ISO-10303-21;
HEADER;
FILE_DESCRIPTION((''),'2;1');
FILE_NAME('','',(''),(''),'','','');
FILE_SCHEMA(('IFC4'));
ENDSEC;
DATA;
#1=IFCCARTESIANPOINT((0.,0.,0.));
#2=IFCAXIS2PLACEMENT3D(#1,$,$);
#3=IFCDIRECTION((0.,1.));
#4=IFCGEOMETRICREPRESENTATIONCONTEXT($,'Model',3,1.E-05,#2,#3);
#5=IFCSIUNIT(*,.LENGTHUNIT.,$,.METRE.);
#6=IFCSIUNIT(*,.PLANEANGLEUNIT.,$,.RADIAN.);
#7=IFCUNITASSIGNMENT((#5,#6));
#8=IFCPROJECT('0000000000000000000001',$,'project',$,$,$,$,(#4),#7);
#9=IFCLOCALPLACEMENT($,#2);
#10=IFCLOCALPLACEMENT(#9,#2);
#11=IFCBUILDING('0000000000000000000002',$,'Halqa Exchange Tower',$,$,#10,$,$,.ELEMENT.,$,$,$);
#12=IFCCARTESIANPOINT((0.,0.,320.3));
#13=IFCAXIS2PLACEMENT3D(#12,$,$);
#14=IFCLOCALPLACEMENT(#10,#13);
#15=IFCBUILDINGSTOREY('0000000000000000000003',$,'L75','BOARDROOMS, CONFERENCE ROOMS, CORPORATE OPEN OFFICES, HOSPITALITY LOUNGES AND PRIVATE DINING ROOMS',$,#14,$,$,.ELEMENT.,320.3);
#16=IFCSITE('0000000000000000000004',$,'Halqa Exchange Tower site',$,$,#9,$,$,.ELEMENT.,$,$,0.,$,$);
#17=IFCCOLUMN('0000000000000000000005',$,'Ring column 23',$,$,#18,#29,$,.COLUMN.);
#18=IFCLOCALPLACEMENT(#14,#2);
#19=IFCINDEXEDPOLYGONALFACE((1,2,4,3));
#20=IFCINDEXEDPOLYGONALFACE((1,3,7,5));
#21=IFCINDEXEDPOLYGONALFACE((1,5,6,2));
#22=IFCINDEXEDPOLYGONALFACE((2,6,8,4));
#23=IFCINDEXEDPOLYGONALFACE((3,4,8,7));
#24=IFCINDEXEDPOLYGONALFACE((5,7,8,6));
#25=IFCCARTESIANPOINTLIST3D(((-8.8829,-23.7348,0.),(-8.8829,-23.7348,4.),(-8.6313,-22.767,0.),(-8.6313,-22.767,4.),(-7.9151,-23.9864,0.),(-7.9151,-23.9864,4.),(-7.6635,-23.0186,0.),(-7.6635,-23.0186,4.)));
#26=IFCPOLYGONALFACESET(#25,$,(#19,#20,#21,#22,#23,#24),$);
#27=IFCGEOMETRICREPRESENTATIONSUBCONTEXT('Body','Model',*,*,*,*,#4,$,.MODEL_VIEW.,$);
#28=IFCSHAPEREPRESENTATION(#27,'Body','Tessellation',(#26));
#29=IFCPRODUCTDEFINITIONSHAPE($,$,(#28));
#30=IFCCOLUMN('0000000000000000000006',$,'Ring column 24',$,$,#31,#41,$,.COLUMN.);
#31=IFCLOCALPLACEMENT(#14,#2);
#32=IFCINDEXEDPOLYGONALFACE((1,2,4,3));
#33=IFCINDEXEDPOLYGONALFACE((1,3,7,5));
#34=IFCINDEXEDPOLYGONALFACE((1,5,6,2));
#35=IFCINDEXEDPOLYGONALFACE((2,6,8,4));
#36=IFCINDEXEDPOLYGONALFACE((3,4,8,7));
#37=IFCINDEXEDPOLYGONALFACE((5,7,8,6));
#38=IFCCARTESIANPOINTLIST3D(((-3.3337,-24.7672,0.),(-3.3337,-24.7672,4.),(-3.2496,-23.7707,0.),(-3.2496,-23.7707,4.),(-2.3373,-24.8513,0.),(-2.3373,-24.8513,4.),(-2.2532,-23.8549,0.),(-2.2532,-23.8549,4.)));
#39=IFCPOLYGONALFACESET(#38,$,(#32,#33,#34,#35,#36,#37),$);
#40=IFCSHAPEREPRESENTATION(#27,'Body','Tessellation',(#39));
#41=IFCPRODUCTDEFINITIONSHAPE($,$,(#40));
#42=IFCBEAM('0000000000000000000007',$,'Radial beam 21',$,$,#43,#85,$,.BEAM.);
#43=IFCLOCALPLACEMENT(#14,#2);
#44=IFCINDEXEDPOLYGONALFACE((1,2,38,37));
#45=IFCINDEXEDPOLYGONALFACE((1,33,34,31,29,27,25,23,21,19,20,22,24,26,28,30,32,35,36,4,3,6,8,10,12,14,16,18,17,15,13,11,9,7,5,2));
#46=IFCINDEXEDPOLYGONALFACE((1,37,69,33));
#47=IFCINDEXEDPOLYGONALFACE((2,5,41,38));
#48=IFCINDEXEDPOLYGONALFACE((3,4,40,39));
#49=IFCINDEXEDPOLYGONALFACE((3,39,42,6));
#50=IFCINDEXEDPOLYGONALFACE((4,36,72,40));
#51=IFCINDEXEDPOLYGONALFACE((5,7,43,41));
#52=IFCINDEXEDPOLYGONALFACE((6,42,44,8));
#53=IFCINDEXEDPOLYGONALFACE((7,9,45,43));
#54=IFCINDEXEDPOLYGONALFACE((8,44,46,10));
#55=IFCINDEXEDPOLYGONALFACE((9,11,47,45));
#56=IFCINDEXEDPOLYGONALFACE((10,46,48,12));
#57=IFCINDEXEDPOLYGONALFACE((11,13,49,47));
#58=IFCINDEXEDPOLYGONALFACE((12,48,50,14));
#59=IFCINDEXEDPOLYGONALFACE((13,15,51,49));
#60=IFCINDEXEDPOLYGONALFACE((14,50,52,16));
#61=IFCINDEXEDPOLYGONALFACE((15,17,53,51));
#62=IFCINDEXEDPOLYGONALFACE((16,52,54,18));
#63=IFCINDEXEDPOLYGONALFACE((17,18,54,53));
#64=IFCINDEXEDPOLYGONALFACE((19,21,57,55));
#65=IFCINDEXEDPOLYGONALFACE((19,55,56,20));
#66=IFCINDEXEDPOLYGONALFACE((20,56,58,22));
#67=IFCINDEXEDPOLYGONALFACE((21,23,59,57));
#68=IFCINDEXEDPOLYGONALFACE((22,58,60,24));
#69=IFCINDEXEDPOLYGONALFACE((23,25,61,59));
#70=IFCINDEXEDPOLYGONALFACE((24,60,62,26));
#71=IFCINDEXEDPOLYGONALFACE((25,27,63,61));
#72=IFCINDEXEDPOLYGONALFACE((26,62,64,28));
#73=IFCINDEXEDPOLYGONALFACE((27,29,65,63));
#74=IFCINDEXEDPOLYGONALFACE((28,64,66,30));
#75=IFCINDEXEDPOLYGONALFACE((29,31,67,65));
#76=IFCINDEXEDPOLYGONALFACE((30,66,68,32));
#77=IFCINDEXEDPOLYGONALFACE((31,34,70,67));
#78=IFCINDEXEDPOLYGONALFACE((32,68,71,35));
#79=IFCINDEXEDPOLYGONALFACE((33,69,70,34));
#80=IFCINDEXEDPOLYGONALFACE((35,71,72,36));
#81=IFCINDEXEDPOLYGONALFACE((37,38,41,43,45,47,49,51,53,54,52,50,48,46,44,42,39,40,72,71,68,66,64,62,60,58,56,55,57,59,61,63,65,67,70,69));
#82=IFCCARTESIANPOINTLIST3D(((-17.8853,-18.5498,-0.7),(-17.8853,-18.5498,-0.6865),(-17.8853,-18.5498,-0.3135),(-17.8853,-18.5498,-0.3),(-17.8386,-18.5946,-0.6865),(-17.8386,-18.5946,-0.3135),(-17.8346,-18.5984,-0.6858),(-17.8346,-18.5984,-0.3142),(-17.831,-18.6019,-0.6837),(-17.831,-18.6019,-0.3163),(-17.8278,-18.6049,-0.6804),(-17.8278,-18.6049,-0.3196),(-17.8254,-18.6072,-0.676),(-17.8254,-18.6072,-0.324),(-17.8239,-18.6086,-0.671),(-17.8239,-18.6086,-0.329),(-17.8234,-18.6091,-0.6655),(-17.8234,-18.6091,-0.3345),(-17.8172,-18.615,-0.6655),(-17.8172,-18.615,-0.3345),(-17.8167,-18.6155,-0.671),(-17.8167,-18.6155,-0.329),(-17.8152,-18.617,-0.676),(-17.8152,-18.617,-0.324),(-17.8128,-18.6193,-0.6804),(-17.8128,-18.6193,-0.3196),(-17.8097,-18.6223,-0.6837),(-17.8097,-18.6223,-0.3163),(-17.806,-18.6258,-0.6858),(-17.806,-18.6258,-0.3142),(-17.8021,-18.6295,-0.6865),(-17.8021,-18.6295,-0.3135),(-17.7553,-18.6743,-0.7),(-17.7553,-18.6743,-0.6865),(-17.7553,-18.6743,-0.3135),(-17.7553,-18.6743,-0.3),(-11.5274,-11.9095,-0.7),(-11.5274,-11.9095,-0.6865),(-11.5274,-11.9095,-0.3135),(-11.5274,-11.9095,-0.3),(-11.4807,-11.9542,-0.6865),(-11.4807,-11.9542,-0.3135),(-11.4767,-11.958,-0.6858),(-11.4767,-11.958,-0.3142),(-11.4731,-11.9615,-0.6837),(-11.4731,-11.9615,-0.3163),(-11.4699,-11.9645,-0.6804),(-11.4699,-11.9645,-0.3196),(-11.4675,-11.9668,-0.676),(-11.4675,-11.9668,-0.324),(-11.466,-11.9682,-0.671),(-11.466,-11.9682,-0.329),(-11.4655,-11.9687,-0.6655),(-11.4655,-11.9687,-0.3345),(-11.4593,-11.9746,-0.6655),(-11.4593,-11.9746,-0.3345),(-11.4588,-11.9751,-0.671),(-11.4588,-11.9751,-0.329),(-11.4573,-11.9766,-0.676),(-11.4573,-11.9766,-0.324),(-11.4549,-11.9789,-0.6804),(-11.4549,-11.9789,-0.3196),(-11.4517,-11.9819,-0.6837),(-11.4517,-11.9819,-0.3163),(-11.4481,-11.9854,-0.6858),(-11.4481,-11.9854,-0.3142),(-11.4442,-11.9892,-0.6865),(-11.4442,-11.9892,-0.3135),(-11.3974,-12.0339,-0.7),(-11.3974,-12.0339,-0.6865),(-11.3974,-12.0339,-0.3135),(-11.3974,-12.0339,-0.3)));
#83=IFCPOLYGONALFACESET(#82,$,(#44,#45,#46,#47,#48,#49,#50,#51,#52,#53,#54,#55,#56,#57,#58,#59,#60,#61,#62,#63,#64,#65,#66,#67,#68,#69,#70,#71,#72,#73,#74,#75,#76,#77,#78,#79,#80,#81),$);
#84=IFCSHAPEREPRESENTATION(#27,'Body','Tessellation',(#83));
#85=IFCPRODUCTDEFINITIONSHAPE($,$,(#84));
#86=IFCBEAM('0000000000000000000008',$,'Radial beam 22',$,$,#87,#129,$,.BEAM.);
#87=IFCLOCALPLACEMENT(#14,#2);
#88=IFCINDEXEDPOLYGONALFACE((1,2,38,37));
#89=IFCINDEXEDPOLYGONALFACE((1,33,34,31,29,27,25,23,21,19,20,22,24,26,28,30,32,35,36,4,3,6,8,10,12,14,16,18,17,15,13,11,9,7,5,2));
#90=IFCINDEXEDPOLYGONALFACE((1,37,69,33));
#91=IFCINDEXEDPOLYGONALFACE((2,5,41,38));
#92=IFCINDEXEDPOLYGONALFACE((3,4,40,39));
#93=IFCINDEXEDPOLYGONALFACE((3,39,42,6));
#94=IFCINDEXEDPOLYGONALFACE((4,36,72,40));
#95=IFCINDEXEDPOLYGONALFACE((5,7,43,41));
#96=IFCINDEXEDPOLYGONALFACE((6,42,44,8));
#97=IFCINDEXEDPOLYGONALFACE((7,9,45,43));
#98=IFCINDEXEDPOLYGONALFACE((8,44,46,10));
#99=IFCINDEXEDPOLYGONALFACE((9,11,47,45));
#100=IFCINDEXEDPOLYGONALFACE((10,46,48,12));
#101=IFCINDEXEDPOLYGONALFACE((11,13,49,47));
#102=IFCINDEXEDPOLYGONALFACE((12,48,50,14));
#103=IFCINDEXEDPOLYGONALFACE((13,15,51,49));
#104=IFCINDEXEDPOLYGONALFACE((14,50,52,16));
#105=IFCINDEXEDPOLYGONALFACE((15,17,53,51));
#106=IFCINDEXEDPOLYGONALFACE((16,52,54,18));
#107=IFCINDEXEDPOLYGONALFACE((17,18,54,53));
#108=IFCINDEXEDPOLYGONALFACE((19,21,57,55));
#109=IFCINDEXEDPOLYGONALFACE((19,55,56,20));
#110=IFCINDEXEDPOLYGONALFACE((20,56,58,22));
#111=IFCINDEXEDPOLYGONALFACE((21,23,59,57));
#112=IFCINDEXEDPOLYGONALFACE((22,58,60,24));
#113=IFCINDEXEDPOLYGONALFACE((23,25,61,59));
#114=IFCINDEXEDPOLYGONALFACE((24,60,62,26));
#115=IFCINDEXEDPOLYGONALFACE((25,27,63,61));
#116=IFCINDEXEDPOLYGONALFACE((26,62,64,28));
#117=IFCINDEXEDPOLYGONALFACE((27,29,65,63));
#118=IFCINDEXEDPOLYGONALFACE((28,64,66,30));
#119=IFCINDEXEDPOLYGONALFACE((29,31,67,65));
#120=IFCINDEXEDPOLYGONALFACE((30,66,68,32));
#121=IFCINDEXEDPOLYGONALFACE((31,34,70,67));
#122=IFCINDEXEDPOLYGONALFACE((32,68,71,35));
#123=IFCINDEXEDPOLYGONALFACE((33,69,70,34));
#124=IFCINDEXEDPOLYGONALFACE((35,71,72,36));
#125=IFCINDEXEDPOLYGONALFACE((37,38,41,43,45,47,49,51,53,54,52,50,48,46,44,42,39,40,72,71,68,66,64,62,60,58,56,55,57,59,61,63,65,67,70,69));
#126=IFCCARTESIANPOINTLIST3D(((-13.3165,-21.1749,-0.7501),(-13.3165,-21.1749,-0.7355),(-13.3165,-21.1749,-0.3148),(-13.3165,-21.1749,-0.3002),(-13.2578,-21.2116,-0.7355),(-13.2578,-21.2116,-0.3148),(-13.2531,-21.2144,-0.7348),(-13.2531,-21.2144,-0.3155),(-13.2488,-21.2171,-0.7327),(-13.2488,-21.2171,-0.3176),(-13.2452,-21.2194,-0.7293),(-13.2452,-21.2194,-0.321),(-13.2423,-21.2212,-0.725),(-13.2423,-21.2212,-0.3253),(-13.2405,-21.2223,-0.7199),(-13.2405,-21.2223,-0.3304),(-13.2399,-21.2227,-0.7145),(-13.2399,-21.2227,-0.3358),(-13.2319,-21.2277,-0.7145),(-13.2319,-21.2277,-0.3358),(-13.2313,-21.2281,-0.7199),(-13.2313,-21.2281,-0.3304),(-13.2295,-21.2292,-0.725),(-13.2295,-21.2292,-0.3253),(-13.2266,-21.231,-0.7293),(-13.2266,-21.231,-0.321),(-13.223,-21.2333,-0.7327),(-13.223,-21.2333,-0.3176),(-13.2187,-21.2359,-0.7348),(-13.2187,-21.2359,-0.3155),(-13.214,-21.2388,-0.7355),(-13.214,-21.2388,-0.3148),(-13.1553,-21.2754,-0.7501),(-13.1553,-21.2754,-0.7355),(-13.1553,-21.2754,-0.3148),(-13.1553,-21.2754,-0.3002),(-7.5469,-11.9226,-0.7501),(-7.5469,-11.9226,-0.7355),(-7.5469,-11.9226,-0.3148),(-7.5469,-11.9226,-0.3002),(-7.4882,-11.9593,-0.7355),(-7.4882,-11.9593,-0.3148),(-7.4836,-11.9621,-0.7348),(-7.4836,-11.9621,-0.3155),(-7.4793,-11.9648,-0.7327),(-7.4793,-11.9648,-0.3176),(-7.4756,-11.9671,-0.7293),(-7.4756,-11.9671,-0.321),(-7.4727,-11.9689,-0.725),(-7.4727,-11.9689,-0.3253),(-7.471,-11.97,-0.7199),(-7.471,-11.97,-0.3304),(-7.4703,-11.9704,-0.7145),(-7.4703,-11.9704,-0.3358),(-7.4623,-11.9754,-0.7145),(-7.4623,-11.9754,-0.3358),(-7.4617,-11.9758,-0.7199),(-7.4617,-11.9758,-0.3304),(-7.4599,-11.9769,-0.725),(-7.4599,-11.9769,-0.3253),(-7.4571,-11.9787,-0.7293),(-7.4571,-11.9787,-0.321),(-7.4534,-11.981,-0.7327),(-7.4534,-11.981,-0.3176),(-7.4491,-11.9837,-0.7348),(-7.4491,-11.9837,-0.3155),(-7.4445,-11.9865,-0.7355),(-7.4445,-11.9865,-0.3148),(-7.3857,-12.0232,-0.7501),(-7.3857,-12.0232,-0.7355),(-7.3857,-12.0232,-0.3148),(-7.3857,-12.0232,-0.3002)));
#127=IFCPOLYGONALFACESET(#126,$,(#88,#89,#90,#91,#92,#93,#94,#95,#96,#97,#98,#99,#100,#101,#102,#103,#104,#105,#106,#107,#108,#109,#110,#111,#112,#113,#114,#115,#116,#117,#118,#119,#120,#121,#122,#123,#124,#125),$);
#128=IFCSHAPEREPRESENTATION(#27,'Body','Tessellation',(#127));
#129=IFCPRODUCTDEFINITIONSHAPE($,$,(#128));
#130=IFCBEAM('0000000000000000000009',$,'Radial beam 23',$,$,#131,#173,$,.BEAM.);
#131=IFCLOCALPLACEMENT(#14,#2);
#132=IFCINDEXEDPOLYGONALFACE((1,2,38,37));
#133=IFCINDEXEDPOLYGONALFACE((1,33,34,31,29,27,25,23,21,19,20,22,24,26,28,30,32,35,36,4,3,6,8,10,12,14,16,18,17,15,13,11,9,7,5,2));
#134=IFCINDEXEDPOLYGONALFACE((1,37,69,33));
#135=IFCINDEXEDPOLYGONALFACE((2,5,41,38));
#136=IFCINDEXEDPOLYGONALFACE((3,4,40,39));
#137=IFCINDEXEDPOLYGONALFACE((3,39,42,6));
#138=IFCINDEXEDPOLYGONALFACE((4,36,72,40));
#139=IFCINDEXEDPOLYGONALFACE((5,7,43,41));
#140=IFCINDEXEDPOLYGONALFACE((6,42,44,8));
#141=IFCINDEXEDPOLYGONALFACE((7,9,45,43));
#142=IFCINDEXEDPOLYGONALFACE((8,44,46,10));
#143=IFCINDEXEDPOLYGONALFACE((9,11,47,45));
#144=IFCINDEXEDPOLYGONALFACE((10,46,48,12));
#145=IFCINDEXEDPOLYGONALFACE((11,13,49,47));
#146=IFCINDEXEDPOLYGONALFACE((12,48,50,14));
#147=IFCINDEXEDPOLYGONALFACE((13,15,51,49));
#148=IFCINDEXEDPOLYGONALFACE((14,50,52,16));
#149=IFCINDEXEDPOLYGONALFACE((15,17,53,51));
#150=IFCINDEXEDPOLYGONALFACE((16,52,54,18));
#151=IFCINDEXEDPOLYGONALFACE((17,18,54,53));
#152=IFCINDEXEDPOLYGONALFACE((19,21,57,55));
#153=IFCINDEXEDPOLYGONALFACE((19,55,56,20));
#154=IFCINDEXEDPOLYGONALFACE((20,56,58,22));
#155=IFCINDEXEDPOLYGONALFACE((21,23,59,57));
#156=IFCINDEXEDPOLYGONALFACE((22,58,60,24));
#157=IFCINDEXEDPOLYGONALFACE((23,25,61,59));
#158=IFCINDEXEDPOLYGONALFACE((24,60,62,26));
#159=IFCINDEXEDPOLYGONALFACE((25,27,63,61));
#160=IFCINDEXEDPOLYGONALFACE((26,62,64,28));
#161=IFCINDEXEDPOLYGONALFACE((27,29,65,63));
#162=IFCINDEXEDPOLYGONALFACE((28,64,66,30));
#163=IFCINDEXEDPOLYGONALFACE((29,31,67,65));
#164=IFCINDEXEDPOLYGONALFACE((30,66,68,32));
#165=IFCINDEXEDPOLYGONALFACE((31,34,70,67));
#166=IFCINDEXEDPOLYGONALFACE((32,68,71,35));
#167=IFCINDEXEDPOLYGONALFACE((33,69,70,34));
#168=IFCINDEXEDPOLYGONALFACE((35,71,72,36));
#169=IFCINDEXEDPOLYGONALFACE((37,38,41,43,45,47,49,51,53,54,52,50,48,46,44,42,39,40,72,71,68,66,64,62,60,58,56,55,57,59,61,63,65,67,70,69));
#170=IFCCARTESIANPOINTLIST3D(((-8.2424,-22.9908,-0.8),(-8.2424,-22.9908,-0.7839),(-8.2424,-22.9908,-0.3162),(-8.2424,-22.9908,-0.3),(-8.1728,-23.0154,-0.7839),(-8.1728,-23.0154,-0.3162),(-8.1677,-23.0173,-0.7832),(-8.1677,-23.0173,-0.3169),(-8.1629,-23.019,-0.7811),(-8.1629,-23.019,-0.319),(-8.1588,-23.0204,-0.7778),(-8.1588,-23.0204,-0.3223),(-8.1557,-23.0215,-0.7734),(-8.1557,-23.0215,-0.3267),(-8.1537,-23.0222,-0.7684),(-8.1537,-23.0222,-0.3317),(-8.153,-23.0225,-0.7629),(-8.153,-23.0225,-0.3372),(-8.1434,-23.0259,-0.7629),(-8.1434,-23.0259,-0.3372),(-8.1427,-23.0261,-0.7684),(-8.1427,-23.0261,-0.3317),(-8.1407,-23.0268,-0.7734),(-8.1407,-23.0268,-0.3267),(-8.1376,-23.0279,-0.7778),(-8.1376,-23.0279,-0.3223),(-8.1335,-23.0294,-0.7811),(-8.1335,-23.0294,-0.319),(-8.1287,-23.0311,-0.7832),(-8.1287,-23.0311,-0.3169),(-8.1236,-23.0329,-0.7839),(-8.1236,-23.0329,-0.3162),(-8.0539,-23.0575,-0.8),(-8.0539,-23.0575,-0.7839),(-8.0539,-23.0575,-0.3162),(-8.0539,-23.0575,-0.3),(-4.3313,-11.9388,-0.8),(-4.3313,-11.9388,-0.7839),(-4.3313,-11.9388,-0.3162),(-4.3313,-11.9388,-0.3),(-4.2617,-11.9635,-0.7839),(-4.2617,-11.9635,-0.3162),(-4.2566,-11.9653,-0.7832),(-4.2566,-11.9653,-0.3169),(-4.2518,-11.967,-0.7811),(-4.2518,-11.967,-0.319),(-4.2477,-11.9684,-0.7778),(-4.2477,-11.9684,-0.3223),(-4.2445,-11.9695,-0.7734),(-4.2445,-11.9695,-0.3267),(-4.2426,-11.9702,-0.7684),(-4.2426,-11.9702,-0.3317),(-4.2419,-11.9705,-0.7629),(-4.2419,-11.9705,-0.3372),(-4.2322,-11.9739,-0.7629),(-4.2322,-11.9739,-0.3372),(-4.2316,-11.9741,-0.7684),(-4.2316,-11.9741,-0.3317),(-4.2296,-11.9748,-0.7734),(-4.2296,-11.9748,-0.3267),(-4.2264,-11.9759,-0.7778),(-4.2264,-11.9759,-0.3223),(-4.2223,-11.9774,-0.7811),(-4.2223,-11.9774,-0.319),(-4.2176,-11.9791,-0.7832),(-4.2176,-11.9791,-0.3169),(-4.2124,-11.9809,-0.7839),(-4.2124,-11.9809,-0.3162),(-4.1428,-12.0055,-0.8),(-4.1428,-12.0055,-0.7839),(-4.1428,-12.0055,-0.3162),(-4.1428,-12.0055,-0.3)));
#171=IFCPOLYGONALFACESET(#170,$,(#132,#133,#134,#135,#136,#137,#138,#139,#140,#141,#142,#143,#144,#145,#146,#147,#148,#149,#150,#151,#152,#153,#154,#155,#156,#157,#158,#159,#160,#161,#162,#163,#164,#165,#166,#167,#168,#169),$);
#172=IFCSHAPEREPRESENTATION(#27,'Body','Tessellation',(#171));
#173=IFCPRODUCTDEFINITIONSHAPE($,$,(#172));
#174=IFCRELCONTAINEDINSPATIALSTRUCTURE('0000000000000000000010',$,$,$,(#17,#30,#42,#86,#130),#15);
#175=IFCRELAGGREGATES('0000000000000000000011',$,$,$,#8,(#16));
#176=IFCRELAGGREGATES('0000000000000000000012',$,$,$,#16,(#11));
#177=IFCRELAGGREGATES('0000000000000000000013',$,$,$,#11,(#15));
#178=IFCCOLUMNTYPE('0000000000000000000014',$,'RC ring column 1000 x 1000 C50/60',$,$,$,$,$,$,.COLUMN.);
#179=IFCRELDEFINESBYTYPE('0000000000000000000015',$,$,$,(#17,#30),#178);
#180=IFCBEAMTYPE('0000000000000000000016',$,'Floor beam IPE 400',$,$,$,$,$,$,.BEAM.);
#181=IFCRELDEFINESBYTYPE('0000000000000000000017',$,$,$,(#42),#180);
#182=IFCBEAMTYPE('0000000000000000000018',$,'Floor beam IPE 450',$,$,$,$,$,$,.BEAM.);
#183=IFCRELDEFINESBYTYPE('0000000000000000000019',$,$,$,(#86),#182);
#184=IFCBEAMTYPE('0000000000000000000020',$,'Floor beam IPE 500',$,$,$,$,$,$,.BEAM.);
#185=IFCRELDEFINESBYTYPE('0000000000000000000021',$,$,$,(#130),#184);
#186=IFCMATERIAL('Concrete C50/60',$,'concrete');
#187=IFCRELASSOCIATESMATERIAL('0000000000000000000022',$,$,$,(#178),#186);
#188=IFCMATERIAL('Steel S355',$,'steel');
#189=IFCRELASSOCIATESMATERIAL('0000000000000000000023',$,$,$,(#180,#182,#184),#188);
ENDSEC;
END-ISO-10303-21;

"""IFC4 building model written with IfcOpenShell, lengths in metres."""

from ifc_helpers import new_model, si_unit, direction, frame, origin, origin_2d, place, context, subcontext, project, spatial, rectangle, i_section, extrude, material, material_profile, profile_set, type_object, element, save


model = new_model("IFC4")

# Units and contexts
model_context = context("Model", 3, precision=1e-05, world=origin(), true_north=direction((0.0, 1.0)))
body_context = subcontext(model_context, "Body", "Model", "MODEL_VIEW")
ifc_project = project(units=[si_unit("LENGTHUNIT", "METRE"), si_unit("PLANEANGLEUNIT", "RADIAN")], contexts=[model_context])

# Site, building, storey
site_placement = place(None, origin())
site = spatial("IfcSite", under=ifc_project, at=site_placement, Name="Halqa Exchange Tower site", CompositionType="ELEMENT", RefElevation=0.0)
building_placement = place(site_placement, origin())
building = spatial("IfcBuilding", under=site, at=building_placement, Name="Halqa Exchange Tower", CompositionType="ELEMENT")
storey_placement = place(building_placement, frame((0.0, 0.0, 320.3)))
storey = spatial("IfcBuildingStorey", under=building, at=storey_placement, Name="L75", Description="BOARDROOMS, CONFERENCE ROOMS, CORPORATE OPEN OFFICES, HOSPITALITY LOUNGES AND PRIVATE DINING ROOMS", CompositionType="ELEMENT", Elevation=320.3)

# Columns
ifc_material_1 = material(Name="Concrete C50/60", Category="concrete")
ifc_material_profile_1 = material_profile(ifc_material_1, rectangle(XDim=1.0, YDim=1.0, at=origin_2d()), Name="1000 x 1000")
ifc_profile_set_1 = profile_set([ifc_material_profile_1], Name="Concrete C50/60")
column_type = type_object("IfcColumnType", Name="RC ring column 1000 x 1000 C50/60", PredefinedType="COLUMN", material=ifc_profile_set_1)
for number, where, z_axis, x_axis, name in (
    (1, (-8.2732, -23.3767, 0.0), (0.0, 0.0, 1.0), (0.967819, -0.251647, 0.0), "Ring column 23"),
    (2, (-2.7935, -24.311, 0.0), (0.0, 0.0, 1.0), (0.996455, -0.084127, 0.0), "Ring column 24"),
):
    element("IfcColumn", number, at=place(storey_placement, frame(where, z_axis=z_axis, x_axis=x_axis)), inside=storey, type_object=column_type, Name=name, PredefinedType="COLUMN", context=body_context, shape_type="SweptSolid", body=[
        extrude(rectangle(XDim=1.0, YDim=1.0, at=origin_2d()), origin(), (0.0, 0.0, 1.0), 4.0),
    ])

# Beams
ifc_material_2 = material(Name="Steel S355", Category="steel")
ifc_material_profile_2 = material_profile(ifc_material_2, i_section(OverallWidth=0.1799, OverallDepth=0.3999, WebThickness=0.0085, FlangeThickness=0.0134, FilletRadius=0.021, at=origin_2d()), Name="IPE 400")
ifc_profile_set_2 = profile_set([ifc_material_profile_2], Name="Steel S355")
beam_type_1 = type_object("IfcBeamType", Name="Floor beam IPE 400", PredefinedType="BEAM", material=ifc_profile_set_2)
beam_1_placement = place(storey_placement, frame((-11.4624, -11.9717, -0.5), z_axis=(-0.691577, -0.722303, 0.0), x_axis=(0.722303, -0.691577, 0.0)))
element("IfcBeam", 3, at=beam_1_placement, inside=storey, type_object=beam_type_1, Name="Radial beam 21", PredefinedType="BEAM", context=body_context, shape_type="SweptSolid", body=[
    extrude(i_section(OverallWidth=0.1799, OverallDepth=0.3999, WebThickness=0.0085, FlangeThickness=0.0134, FilletRadius=0.021, at=origin_2d()), origin(), (0.0, 0.0, 1.0), 9.1934),
])
ifc_material_profile_3 = material_profile(ifc_material_2, i_section(OverallWidth=0.1899, OverallDepth=0.45, WebThickness=0.0095, FlangeThickness=0.0146, FilletRadius=0.021, at=origin_2d()), Name="IPE 450")
ifc_profile_set_3 = profile_set([ifc_material_profile_3], Name="Steel S355")
beam_type_2 = type_object("IfcBeamType", Name="Floor beam IPE 450", PredefinedType="BEAM", material=ifc_profile_set_3)
beam_2_placement = place(storey_placement, frame((-7.4663, -11.9729, -0.5251), z_axis=(-0.529135, -0.848538, 0.0), x_axis=(0.848538, -0.529135, 0.0)))
element("IfcBeam", 4, at=beam_2_placement, inside=storey, type_object=beam_type_2, Name="Radial beam 22", PredefinedType="BEAM", context=body_context, shape_type="SweptSolid", body=[
    extrude(i_section(OverallWidth=0.1899, OverallDepth=0.45, WebThickness=0.0095, FlangeThickness=0.0146, FilletRadius=0.021, at=origin_2d()), origin(), (0.0, 0.0, 1.0), 10.9038),
])
ifc_material_profile_4 = material_profile(ifc_material_2, i_section(OverallWidth=0.2, OverallDepth=0.5, WebThickness=0.0103, FlangeThickness=0.0161, FilletRadius=0.021, at=origin_2d()), Name="IPE 500")
ifc_profile_set_4 = profile_set([ifc_material_profile_4], Name="Steel S355")
beam_type_3 = type_object("IfcBeamType", Name="Floor beam IPE 500", PredefinedType="BEAM", material=ifc_profile_set_4)
beam_3_placement = place(storey_placement, frame((-4.2371, -11.9722, -0.55), z_axis=(-0.333611, -0.942711, 0.0), x_axis=(0.942711, -0.333611, 0.0)))
element("IfcBeam", 5, at=beam_3_placement, inside=storey, type_object=beam_type_3, Name="Radial beam 23", PredefinedType="BEAM", context=body_context, shape_type="SweptSolid", body=[
    extrude(i_section(OverallWidth=0.2, OverallDepth=0.5, WebThickness=0.0103, FlangeThickness=0.0161, FilletRadius=0.021, at=origin_2d()), origin(), (0.0, 0.0, 1.0), 11.7236),
])

save(model, "model.ifc")
